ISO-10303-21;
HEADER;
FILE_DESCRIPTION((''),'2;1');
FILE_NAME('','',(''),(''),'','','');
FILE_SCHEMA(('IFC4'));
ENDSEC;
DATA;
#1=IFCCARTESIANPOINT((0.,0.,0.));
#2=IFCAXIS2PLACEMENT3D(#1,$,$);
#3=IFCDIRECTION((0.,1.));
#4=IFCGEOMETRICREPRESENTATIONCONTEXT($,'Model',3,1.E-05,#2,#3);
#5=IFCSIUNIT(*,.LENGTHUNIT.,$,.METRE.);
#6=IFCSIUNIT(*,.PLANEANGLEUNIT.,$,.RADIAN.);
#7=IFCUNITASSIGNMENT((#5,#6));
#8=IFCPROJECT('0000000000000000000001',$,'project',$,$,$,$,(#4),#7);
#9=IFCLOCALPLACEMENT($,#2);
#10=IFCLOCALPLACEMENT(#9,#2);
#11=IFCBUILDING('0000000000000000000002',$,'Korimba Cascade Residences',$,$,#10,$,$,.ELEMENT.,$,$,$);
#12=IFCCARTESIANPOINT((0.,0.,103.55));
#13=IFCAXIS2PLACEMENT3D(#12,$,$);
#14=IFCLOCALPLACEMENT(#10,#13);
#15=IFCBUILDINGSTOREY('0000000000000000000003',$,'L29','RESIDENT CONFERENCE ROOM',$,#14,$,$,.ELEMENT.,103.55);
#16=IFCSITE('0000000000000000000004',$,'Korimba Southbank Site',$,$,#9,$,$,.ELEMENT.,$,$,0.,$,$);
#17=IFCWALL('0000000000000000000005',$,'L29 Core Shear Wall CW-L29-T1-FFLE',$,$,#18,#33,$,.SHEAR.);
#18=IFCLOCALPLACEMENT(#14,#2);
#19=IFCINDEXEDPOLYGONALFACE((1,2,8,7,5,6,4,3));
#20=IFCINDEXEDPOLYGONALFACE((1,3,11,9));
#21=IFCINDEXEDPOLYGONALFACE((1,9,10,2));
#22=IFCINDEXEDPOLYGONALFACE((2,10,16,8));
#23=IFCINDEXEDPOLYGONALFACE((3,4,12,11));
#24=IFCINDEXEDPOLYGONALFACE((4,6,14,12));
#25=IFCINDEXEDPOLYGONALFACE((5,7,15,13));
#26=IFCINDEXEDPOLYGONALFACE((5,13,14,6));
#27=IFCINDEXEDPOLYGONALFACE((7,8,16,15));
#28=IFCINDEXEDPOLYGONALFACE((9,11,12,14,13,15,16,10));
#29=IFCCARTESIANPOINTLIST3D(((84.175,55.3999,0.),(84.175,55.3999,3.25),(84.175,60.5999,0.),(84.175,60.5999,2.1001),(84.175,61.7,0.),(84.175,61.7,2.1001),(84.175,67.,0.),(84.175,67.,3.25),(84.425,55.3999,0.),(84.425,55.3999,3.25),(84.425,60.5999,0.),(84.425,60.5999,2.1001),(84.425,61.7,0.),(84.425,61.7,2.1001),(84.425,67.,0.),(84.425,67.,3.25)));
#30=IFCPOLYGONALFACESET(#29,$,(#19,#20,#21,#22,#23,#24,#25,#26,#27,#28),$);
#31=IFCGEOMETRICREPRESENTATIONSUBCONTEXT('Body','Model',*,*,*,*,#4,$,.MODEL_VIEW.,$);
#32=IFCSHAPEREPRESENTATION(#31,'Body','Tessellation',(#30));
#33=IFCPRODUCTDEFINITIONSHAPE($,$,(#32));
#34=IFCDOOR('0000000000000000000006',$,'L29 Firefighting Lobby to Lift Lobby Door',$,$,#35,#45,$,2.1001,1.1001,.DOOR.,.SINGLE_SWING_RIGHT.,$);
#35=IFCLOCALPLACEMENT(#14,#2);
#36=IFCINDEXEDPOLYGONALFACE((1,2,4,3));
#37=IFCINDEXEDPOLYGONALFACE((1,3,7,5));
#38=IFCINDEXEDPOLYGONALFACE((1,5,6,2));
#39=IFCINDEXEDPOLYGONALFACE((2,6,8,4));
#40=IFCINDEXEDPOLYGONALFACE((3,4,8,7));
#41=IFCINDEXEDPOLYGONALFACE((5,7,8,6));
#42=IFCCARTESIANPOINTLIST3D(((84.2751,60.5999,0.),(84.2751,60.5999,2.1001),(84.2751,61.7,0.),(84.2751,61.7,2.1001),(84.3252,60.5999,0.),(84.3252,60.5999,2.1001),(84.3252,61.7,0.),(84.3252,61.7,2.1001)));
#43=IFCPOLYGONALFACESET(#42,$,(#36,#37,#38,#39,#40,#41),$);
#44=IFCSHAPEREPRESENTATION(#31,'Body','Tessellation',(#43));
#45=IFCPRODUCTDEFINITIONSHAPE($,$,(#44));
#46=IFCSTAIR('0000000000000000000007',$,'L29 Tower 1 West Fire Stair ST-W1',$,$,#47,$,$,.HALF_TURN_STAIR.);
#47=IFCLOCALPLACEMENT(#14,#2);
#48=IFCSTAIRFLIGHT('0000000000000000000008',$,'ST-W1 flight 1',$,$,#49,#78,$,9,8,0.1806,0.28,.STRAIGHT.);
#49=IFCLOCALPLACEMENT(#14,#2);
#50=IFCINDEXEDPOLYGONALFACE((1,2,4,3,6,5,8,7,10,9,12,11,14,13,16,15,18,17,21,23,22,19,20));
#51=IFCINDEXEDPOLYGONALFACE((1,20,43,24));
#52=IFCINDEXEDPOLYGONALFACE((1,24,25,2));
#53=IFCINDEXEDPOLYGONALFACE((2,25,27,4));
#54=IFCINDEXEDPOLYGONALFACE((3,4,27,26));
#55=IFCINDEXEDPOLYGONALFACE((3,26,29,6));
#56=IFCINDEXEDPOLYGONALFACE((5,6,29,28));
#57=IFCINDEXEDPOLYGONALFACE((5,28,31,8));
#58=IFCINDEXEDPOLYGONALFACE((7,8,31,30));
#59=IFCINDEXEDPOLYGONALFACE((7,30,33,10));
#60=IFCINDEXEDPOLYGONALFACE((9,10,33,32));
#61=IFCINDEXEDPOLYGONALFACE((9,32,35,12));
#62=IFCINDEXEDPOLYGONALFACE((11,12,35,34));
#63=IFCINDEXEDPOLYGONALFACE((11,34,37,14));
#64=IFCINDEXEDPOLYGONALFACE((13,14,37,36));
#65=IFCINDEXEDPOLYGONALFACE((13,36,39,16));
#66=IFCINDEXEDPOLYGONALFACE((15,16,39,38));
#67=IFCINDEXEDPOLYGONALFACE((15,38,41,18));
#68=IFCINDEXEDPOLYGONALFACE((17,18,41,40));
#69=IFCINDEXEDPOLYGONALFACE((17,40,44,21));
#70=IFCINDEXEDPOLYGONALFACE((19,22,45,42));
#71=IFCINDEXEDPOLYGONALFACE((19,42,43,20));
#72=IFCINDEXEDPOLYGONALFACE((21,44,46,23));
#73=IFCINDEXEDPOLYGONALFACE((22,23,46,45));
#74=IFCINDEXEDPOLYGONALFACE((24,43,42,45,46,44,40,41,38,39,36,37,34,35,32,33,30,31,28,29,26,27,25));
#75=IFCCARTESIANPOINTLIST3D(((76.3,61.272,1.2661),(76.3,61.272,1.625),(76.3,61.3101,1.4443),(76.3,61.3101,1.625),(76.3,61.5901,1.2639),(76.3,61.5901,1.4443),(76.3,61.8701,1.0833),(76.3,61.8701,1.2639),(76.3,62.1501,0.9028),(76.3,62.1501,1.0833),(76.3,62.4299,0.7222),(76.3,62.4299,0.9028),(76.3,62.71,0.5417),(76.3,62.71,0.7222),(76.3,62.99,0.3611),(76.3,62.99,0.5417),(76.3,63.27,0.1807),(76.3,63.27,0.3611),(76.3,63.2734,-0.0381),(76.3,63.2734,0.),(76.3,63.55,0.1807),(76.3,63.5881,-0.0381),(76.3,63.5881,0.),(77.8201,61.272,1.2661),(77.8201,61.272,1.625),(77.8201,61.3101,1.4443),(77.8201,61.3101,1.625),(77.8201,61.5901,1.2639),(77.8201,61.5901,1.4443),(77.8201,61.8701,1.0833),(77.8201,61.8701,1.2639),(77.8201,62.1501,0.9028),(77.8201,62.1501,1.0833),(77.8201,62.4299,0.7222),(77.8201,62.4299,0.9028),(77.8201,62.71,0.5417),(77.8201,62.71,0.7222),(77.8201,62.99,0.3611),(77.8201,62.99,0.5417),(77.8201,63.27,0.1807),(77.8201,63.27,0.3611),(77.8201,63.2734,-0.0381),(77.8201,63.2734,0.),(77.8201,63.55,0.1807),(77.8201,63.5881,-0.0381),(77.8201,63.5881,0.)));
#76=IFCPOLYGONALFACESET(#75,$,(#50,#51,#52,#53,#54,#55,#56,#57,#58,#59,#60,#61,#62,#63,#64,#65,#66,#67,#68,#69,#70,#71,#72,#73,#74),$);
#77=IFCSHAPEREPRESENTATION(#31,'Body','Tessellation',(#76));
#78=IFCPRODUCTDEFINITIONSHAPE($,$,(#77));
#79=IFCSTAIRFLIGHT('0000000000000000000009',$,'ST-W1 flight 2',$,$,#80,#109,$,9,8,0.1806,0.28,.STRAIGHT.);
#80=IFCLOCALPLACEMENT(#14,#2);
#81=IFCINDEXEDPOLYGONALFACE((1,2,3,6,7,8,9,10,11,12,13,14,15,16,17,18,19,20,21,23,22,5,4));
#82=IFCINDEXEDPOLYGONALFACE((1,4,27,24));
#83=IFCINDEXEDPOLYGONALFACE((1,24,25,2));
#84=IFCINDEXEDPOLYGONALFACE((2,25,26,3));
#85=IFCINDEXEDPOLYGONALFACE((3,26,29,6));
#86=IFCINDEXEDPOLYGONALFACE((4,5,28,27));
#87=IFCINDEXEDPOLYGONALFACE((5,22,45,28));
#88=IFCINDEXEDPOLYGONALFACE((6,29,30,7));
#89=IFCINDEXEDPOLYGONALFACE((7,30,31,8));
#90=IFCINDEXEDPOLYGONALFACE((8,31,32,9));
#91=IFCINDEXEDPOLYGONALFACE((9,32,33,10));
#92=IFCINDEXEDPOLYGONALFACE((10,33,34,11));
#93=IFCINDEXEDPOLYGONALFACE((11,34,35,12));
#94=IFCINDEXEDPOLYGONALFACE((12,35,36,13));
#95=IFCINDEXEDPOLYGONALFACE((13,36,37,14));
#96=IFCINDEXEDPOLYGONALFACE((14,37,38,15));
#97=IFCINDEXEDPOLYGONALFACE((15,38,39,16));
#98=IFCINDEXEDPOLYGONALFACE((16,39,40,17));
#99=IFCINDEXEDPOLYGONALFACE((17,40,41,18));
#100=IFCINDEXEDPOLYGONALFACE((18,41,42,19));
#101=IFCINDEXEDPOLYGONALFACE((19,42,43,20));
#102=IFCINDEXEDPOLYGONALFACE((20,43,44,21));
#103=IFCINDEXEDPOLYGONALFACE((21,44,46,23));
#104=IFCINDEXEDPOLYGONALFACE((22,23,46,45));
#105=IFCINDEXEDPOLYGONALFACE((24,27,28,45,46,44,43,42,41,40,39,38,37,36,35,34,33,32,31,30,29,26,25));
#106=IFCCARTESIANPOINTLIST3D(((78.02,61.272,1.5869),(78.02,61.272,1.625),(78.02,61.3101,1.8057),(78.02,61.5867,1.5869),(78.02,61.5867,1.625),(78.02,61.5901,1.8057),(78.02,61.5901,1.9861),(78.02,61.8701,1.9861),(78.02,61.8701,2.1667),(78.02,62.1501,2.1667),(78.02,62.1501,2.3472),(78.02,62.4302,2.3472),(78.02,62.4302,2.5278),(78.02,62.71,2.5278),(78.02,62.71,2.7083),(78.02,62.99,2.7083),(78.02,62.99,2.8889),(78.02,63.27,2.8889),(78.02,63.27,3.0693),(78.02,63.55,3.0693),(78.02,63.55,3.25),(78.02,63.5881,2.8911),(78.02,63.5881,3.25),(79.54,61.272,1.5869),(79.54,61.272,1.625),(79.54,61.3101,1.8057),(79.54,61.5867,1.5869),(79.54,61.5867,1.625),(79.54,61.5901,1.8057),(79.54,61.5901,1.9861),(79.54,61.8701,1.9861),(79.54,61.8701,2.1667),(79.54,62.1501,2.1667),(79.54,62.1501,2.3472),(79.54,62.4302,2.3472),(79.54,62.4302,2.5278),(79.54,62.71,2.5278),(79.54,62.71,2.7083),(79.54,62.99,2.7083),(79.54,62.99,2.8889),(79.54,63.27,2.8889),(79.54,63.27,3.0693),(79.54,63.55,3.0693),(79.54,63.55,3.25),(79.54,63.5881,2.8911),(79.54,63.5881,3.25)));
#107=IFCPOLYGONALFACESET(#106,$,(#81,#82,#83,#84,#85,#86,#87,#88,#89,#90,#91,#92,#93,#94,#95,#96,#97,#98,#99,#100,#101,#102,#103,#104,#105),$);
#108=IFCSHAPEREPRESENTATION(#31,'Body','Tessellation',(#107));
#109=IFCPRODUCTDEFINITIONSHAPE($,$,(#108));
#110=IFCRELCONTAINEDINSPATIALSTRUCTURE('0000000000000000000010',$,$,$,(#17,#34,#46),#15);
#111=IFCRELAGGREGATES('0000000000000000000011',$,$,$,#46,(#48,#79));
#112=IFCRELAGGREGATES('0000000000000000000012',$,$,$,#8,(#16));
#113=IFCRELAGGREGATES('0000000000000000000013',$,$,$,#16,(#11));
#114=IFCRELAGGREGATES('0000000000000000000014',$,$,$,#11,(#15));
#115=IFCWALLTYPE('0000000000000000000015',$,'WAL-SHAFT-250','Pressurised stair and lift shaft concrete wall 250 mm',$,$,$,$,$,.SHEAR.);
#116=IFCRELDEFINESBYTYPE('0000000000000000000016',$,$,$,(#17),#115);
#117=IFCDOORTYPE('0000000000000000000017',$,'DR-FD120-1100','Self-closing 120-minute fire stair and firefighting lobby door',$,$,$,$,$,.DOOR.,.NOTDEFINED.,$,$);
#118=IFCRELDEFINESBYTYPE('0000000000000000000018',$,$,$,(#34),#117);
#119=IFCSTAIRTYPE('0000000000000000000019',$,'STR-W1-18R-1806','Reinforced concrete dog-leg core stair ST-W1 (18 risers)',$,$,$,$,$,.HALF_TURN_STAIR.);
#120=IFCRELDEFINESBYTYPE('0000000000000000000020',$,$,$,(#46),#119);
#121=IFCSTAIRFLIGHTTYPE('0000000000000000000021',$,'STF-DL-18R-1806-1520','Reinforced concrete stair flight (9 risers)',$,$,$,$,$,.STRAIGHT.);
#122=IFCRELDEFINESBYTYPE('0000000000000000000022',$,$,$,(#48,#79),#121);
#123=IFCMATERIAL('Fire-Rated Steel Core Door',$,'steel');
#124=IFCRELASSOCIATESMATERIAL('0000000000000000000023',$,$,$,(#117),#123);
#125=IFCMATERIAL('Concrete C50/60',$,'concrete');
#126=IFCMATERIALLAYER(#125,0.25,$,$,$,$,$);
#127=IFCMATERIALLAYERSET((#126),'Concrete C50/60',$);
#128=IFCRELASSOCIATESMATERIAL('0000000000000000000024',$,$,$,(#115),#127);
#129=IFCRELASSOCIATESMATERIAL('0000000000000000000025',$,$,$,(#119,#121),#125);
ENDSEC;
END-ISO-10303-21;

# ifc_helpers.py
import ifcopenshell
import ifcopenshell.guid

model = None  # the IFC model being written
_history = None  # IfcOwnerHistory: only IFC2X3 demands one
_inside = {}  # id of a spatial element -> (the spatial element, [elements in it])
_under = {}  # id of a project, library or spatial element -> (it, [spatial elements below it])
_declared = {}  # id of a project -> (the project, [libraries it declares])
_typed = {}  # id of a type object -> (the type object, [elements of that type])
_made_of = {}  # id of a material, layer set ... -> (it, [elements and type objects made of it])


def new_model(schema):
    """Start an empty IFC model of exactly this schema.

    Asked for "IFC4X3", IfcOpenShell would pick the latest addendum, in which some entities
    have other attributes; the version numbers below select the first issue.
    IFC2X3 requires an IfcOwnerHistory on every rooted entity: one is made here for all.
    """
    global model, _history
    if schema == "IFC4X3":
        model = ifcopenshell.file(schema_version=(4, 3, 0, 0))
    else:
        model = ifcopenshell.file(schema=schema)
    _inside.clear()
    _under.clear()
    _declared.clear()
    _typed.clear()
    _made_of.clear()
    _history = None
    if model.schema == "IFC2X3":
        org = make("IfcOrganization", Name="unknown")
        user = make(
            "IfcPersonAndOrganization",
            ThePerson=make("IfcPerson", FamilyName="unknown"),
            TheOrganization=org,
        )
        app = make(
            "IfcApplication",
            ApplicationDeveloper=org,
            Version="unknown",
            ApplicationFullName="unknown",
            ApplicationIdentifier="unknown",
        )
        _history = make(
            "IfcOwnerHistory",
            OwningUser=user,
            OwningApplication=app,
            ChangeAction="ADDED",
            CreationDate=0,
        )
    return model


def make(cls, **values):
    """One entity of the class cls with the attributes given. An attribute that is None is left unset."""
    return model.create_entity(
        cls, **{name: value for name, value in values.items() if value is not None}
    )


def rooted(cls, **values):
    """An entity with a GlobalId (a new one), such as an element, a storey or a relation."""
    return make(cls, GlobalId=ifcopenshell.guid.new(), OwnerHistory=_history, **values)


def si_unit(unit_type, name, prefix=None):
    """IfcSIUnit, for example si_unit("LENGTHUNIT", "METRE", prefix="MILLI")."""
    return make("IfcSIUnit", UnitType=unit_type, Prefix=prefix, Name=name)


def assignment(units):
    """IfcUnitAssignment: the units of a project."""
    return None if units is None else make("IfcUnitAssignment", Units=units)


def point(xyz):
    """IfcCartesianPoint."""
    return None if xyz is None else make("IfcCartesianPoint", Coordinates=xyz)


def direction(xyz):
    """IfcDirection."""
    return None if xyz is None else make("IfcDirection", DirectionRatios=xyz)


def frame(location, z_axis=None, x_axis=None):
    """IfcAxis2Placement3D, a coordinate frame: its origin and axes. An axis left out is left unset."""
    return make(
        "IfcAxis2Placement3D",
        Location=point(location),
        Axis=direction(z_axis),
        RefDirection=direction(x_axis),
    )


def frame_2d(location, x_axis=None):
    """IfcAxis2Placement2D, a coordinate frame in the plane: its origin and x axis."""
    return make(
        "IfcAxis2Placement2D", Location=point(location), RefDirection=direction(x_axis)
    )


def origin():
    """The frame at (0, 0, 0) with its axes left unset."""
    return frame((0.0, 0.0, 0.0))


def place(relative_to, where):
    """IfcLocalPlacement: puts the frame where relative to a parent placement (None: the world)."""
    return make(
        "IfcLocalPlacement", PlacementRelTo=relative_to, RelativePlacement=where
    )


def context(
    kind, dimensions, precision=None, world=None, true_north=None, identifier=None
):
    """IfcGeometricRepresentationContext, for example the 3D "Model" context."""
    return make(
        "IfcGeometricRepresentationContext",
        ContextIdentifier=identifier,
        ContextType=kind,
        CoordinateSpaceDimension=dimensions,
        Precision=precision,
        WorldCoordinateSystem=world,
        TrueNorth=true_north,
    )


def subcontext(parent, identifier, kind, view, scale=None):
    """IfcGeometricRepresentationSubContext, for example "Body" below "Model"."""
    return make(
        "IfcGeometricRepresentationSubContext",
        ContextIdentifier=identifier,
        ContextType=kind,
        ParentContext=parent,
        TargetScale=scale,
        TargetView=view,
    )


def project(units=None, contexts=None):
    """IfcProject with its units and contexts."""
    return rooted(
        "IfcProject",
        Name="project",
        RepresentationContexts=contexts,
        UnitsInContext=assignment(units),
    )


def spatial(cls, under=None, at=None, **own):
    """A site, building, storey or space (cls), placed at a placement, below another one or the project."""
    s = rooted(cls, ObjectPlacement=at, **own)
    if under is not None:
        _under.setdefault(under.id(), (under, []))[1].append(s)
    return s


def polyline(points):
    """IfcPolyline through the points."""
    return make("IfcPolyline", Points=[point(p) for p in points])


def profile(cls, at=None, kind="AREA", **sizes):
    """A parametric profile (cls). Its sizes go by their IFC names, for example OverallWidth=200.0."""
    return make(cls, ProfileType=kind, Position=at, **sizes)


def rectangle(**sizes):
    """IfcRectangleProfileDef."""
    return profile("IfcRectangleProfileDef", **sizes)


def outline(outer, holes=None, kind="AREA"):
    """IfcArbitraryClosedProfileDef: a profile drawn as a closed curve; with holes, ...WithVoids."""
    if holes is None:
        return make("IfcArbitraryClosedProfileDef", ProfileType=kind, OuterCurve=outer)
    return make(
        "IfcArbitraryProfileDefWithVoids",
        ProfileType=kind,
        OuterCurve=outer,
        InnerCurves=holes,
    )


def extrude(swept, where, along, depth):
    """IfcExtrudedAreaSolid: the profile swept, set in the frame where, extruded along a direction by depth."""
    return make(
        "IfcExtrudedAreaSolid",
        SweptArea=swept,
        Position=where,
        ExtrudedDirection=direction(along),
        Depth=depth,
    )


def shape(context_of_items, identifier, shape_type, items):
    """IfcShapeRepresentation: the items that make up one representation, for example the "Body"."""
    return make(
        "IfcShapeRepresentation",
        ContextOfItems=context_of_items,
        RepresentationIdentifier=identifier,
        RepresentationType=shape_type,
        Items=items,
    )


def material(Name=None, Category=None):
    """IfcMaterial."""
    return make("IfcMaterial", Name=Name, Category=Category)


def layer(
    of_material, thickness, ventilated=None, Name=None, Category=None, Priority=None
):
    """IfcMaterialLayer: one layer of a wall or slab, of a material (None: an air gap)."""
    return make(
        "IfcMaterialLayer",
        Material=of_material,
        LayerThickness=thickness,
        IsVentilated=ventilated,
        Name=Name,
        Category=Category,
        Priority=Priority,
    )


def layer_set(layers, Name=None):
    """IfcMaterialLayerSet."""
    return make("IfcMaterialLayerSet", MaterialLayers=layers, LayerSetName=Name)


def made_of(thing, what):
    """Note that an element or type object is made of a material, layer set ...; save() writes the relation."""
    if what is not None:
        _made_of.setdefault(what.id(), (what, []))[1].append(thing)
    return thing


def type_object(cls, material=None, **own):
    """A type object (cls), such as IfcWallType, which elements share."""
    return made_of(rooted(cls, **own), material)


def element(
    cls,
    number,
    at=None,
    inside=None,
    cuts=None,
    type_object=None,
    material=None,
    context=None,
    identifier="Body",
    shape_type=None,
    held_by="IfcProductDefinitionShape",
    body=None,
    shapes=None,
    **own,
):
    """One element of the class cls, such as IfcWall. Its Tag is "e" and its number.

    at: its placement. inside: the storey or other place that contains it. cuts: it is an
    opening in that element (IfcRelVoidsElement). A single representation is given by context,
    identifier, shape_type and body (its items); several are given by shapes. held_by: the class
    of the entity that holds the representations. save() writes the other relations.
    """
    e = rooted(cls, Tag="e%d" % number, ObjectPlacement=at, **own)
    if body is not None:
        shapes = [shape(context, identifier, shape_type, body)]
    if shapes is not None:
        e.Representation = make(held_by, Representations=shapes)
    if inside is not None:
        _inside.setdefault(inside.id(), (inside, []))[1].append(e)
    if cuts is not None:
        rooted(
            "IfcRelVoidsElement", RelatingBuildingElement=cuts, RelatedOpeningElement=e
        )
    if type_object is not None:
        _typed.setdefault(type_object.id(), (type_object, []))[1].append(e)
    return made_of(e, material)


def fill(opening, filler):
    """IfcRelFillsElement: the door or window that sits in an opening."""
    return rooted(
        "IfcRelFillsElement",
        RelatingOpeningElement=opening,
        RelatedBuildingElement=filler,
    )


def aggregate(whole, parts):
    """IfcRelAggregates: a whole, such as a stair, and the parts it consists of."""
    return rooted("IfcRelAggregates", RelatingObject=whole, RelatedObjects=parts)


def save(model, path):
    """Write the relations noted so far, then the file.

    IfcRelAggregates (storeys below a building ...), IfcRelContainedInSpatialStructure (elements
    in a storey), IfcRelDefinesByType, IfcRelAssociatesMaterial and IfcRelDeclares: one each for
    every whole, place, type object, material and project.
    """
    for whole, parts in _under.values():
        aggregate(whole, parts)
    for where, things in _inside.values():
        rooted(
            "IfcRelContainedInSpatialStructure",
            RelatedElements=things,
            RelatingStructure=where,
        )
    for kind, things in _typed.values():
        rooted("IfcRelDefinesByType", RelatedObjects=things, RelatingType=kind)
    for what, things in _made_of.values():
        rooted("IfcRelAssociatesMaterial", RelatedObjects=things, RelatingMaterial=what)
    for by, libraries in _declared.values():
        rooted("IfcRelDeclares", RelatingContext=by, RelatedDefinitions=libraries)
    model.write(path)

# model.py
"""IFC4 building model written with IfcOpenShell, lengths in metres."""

from ifc_helpers import new_model, si_unit, direction, frame, frame_2d, origin, place, context, subcontext, project, spatial, polyline, rectangle, outline, extrude, material, layer, layer_set, type_object, element, fill, aggregate, save


model = new_model("IFC4")

# Units and contexts
model_context = context("Model", 3, precision=1e-05, world=origin(), true_north=direction((0.0, 1.0)))
body_context = subcontext(model_context, "Body", "Model", "MODEL_VIEW")
ifc_project = project(units=[si_unit("LENGTHUNIT", "METRE"), si_unit("PLANEANGLEUNIT", "RADIAN")], contexts=[model_context])

# Site, building, storey
site_placement = place(None, origin())
site = spatial("IfcSite", under=ifc_project, at=site_placement, Name="Korimba Southbank Site", CompositionType="ELEMENT", RefElevation=0.0)
building_placement = place(site_placement, origin())
building = spatial("IfcBuilding", under=site, at=building_placement, Name="Korimba Cascade Residences", CompositionType="ELEMENT")
storey_placement = place(building_placement, frame((0.0, 0.0, 103.55)))
storey = spatial("IfcBuildingStorey", under=building, at=storey_placement, Name="L29", Description="RESIDENT CONFERENCE ROOM", CompositionType="ELEMENT", Elevation=103.55)

# Shared definitions
ifc_material_1 = material(Name="Fire-Rated Steel Core Door", Category="steel")
door_type_1 = type_object("IfcDoorType", Name="DR-FD120-1100", Description="Self-closing 120-minute fire stair and firefighting lobby door", OperationType="NOTDEFINED", PredefinedType="DOOR", material=ifc_material_1)

# Shared definitions
ifc_material_2 = material(Name="Concrete C50/60", Category="concrete")
ifc_layer_1 = layer(ifc_material_2, 0.25)
ifc_layer_set_1 = layer_set([ifc_layer_1], Name="Concrete C50/60")
wall_type_1 = type_object("IfcWallType", Name="WAL-SHAFT-250", Description="Pressurised stair and lift shaft concrete wall 250 mm", PredefinedType="SHEAR", material=ifc_layer_set_1)

# Wall, opening, door
wall_1_placement = place(storey_placement, frame((84.3, 55.3999, 0.0), z_axis=(0.0, 0.0, 1.0), x_axis=(0.0, 1.0, 0.0)))
wall_1 = element("IfcWall", 1, at=wall_1_placement, inside=storey, type_object=wall_type_1, Name="L29 Core Shear Wall CW-L29-T1-FFLE", PredefinedType="SHEAR", context=body_context, shape_type="SweptSolid", body=[
    extrude(rectangle(XDim=11.6001, YDim=0.25, at=frame_2d((5.8, 0.0))), origin(), (0.0, 0.0, 1.0), 3.25),
])
opening_1_placement = place(wall_1_placement, frame((5.2, 0.0, 0.0)))
opening_1 = element("IfcOpeningElement", 2, at=opening_1_placement, cuts=wall_1, PredefinedType="OPENING", context=body_context, shape_type="SweptSolid", body=[
    extrude(rectangle(XDim=1.1001, YDim=2.1001, at=frame_2d((0.55, 1.05))), frame((0.0, 0.135, 0.0), z_axis=(0.0, -1.0, 0.0), x_axis=(1.0, 0.0, 0.0)), (0.0, 0.0, 1.0), 0.27),
])
door_1_placement = place(opening_1_placement, origin())
door_1 = element("IfcDoor", 3, at=door_1_placement, inside=storey, type_object=door_type_1, Name="L29 Firefighting Lobby to Lift Lobby Door", OperationType="SINGLE_SWING_RIGHT", OverallHeight=2.1001, OverallWidth=1.1001, PredefinedType="DOOR", context=body_context, shape_type="SweptSolid", body=[
    extrude(rectangle(XDim=1.1001, YDim=2.1001, at=frame_2d((0.55, 1.05))), frame((0.0, 0.0249, 0.0), z_axis=(0.0, -1.0, 0.0), x_axis=(1.0, 0.0, 0.0)), (0.0, 0.0, 1.0), 0.05),
])
fill(opening_1, door_1)

# Stair, stair flights
stair_type = type_object("IfcStairType", Name="STR-W1-18R-1806", Description="Reinforced concrete dog-leg core stair ST-W1 (18 risers)", PredefinedType="HALF_TURN_STAIR", material=ifc_material_2)
stair_placement = place(storey_placement, origin())
stair = element("IfcStair", 4, at=stair_placement, inside=storey, type_object=stair_type, Name="L29 Tower 1 West Fire Stair ST-W1", PredefinedType="HALF_TURN_STAIR")
stair_flight_type = type_object("IfcStairFlightType", Name="STF-DL-18R-1806-1520", Description="Reinforced concrete stair flight (9 risers)", PredefinedType="STRAIGHT", material=ifc_material_2)
stair_flight_1_placement = place(storey_placement, frame((77.0601, 63.55, 0.0), z_axis=(0.0, 0.0, 1.0), x_axis=(0.0, -1.0, 0.0)))
stair_flight_1 = element("IfcStairFlight", 5, at=stair_flight_1_placement, type_object=stair_flight_type, Name="ST-W1 flight 1", NumberOfRisers=9, NumberOfTreads=8, PredefinedType="STRAIGHT", RiserHeight=0.1806, TreadLength=0.28, context=body_context, shape_type="SweptSolid", body=[
    extrude(outline(polyline([(-0.0381, 0.0), (0.0, 0.1807), (0.28, 0.1807), (0.28, 0.3611), (0.5601, 0.3611), (0.5601, 0.5417), (0.8401, 0.5417), (0.8401, 0.7222), (1.1201, 0.7222), (1.1201, 0.9028), (1.3999, 0.9028), (1.3999, 1.0833), (1.6799, 1.0833), (1.6799, 1.2639), (1.96, 1.2639), (1.96, 1.4443), (2.24, 1.4443), (2.24, 1.625), (2.2781, 1.625), (2.2781, 1.2661), (0.2766, 0.0), (0.2766, -0.0381), (-0.0381, -0.0381), (-0.0381, 0.0)])), frame((0.0, 0.76, 0.0), z_axis=(0.0, -1.0, 0.0), x_axis=(1.0, 0.0, 0.0)), (0.0, 0.0, 1.0), 1.52),
])
stair_flight_2_placement = place(storey_placement, frame((78.78, 61.3101, 1.625), z_axis=(0.0, 0.0, 1.0), x_axis=(0.0, 1.0, 0.0)))
stair_flight_2 = element("IfcStairFlight", 6, at=stair_flight_2_placement, type_object=stair_flight_type, Name="ST-W1 flight 2", NumberOfRisers=9, NumberOfTreads=8, PredefinedType="STRAIGHT", RiserHeight=0.1806, TreadLength=0.28, context=body_context, shape_type="SweptSolid", body=[
    extrude(outline(polyline([(-0.0381, 0.0), (0.0, 0.1807), (0.28, 0.1807), (0.28, 0.3611), (0.5601, 0.3611), (0.5601, 0.5417), (0.8401, 0.5417), (0.8401, 0.7222), (1.1201, 0.7222), (1.1201, 0.9028), (1.3999, 0.9028), (1.3999, 1.0833), (1.6799, 1.0833), (1.6799, 1.2639), (1.96, 1.2639), (1.96, 1.4443), (2.24, 1.4443), (2.24, 1.625), (2.2781, 1.625), (2.2781, 1.2661), (0.2766, 0.0), (0.2766, -0.0381), (-0.0381, -0.0381), (-0.0381, 0.0)])), frame((0.0, 0.76, 0.0), z_axis=(0.0, -1.0, 0.0), x_axis=(1.0, 0.0, 0.0)), (0.0, 0.0, 1.0), 1.52),
])
aggregate(stair, [stair_flight_1, stair_flight_2])

save(model, "model.ifc")
